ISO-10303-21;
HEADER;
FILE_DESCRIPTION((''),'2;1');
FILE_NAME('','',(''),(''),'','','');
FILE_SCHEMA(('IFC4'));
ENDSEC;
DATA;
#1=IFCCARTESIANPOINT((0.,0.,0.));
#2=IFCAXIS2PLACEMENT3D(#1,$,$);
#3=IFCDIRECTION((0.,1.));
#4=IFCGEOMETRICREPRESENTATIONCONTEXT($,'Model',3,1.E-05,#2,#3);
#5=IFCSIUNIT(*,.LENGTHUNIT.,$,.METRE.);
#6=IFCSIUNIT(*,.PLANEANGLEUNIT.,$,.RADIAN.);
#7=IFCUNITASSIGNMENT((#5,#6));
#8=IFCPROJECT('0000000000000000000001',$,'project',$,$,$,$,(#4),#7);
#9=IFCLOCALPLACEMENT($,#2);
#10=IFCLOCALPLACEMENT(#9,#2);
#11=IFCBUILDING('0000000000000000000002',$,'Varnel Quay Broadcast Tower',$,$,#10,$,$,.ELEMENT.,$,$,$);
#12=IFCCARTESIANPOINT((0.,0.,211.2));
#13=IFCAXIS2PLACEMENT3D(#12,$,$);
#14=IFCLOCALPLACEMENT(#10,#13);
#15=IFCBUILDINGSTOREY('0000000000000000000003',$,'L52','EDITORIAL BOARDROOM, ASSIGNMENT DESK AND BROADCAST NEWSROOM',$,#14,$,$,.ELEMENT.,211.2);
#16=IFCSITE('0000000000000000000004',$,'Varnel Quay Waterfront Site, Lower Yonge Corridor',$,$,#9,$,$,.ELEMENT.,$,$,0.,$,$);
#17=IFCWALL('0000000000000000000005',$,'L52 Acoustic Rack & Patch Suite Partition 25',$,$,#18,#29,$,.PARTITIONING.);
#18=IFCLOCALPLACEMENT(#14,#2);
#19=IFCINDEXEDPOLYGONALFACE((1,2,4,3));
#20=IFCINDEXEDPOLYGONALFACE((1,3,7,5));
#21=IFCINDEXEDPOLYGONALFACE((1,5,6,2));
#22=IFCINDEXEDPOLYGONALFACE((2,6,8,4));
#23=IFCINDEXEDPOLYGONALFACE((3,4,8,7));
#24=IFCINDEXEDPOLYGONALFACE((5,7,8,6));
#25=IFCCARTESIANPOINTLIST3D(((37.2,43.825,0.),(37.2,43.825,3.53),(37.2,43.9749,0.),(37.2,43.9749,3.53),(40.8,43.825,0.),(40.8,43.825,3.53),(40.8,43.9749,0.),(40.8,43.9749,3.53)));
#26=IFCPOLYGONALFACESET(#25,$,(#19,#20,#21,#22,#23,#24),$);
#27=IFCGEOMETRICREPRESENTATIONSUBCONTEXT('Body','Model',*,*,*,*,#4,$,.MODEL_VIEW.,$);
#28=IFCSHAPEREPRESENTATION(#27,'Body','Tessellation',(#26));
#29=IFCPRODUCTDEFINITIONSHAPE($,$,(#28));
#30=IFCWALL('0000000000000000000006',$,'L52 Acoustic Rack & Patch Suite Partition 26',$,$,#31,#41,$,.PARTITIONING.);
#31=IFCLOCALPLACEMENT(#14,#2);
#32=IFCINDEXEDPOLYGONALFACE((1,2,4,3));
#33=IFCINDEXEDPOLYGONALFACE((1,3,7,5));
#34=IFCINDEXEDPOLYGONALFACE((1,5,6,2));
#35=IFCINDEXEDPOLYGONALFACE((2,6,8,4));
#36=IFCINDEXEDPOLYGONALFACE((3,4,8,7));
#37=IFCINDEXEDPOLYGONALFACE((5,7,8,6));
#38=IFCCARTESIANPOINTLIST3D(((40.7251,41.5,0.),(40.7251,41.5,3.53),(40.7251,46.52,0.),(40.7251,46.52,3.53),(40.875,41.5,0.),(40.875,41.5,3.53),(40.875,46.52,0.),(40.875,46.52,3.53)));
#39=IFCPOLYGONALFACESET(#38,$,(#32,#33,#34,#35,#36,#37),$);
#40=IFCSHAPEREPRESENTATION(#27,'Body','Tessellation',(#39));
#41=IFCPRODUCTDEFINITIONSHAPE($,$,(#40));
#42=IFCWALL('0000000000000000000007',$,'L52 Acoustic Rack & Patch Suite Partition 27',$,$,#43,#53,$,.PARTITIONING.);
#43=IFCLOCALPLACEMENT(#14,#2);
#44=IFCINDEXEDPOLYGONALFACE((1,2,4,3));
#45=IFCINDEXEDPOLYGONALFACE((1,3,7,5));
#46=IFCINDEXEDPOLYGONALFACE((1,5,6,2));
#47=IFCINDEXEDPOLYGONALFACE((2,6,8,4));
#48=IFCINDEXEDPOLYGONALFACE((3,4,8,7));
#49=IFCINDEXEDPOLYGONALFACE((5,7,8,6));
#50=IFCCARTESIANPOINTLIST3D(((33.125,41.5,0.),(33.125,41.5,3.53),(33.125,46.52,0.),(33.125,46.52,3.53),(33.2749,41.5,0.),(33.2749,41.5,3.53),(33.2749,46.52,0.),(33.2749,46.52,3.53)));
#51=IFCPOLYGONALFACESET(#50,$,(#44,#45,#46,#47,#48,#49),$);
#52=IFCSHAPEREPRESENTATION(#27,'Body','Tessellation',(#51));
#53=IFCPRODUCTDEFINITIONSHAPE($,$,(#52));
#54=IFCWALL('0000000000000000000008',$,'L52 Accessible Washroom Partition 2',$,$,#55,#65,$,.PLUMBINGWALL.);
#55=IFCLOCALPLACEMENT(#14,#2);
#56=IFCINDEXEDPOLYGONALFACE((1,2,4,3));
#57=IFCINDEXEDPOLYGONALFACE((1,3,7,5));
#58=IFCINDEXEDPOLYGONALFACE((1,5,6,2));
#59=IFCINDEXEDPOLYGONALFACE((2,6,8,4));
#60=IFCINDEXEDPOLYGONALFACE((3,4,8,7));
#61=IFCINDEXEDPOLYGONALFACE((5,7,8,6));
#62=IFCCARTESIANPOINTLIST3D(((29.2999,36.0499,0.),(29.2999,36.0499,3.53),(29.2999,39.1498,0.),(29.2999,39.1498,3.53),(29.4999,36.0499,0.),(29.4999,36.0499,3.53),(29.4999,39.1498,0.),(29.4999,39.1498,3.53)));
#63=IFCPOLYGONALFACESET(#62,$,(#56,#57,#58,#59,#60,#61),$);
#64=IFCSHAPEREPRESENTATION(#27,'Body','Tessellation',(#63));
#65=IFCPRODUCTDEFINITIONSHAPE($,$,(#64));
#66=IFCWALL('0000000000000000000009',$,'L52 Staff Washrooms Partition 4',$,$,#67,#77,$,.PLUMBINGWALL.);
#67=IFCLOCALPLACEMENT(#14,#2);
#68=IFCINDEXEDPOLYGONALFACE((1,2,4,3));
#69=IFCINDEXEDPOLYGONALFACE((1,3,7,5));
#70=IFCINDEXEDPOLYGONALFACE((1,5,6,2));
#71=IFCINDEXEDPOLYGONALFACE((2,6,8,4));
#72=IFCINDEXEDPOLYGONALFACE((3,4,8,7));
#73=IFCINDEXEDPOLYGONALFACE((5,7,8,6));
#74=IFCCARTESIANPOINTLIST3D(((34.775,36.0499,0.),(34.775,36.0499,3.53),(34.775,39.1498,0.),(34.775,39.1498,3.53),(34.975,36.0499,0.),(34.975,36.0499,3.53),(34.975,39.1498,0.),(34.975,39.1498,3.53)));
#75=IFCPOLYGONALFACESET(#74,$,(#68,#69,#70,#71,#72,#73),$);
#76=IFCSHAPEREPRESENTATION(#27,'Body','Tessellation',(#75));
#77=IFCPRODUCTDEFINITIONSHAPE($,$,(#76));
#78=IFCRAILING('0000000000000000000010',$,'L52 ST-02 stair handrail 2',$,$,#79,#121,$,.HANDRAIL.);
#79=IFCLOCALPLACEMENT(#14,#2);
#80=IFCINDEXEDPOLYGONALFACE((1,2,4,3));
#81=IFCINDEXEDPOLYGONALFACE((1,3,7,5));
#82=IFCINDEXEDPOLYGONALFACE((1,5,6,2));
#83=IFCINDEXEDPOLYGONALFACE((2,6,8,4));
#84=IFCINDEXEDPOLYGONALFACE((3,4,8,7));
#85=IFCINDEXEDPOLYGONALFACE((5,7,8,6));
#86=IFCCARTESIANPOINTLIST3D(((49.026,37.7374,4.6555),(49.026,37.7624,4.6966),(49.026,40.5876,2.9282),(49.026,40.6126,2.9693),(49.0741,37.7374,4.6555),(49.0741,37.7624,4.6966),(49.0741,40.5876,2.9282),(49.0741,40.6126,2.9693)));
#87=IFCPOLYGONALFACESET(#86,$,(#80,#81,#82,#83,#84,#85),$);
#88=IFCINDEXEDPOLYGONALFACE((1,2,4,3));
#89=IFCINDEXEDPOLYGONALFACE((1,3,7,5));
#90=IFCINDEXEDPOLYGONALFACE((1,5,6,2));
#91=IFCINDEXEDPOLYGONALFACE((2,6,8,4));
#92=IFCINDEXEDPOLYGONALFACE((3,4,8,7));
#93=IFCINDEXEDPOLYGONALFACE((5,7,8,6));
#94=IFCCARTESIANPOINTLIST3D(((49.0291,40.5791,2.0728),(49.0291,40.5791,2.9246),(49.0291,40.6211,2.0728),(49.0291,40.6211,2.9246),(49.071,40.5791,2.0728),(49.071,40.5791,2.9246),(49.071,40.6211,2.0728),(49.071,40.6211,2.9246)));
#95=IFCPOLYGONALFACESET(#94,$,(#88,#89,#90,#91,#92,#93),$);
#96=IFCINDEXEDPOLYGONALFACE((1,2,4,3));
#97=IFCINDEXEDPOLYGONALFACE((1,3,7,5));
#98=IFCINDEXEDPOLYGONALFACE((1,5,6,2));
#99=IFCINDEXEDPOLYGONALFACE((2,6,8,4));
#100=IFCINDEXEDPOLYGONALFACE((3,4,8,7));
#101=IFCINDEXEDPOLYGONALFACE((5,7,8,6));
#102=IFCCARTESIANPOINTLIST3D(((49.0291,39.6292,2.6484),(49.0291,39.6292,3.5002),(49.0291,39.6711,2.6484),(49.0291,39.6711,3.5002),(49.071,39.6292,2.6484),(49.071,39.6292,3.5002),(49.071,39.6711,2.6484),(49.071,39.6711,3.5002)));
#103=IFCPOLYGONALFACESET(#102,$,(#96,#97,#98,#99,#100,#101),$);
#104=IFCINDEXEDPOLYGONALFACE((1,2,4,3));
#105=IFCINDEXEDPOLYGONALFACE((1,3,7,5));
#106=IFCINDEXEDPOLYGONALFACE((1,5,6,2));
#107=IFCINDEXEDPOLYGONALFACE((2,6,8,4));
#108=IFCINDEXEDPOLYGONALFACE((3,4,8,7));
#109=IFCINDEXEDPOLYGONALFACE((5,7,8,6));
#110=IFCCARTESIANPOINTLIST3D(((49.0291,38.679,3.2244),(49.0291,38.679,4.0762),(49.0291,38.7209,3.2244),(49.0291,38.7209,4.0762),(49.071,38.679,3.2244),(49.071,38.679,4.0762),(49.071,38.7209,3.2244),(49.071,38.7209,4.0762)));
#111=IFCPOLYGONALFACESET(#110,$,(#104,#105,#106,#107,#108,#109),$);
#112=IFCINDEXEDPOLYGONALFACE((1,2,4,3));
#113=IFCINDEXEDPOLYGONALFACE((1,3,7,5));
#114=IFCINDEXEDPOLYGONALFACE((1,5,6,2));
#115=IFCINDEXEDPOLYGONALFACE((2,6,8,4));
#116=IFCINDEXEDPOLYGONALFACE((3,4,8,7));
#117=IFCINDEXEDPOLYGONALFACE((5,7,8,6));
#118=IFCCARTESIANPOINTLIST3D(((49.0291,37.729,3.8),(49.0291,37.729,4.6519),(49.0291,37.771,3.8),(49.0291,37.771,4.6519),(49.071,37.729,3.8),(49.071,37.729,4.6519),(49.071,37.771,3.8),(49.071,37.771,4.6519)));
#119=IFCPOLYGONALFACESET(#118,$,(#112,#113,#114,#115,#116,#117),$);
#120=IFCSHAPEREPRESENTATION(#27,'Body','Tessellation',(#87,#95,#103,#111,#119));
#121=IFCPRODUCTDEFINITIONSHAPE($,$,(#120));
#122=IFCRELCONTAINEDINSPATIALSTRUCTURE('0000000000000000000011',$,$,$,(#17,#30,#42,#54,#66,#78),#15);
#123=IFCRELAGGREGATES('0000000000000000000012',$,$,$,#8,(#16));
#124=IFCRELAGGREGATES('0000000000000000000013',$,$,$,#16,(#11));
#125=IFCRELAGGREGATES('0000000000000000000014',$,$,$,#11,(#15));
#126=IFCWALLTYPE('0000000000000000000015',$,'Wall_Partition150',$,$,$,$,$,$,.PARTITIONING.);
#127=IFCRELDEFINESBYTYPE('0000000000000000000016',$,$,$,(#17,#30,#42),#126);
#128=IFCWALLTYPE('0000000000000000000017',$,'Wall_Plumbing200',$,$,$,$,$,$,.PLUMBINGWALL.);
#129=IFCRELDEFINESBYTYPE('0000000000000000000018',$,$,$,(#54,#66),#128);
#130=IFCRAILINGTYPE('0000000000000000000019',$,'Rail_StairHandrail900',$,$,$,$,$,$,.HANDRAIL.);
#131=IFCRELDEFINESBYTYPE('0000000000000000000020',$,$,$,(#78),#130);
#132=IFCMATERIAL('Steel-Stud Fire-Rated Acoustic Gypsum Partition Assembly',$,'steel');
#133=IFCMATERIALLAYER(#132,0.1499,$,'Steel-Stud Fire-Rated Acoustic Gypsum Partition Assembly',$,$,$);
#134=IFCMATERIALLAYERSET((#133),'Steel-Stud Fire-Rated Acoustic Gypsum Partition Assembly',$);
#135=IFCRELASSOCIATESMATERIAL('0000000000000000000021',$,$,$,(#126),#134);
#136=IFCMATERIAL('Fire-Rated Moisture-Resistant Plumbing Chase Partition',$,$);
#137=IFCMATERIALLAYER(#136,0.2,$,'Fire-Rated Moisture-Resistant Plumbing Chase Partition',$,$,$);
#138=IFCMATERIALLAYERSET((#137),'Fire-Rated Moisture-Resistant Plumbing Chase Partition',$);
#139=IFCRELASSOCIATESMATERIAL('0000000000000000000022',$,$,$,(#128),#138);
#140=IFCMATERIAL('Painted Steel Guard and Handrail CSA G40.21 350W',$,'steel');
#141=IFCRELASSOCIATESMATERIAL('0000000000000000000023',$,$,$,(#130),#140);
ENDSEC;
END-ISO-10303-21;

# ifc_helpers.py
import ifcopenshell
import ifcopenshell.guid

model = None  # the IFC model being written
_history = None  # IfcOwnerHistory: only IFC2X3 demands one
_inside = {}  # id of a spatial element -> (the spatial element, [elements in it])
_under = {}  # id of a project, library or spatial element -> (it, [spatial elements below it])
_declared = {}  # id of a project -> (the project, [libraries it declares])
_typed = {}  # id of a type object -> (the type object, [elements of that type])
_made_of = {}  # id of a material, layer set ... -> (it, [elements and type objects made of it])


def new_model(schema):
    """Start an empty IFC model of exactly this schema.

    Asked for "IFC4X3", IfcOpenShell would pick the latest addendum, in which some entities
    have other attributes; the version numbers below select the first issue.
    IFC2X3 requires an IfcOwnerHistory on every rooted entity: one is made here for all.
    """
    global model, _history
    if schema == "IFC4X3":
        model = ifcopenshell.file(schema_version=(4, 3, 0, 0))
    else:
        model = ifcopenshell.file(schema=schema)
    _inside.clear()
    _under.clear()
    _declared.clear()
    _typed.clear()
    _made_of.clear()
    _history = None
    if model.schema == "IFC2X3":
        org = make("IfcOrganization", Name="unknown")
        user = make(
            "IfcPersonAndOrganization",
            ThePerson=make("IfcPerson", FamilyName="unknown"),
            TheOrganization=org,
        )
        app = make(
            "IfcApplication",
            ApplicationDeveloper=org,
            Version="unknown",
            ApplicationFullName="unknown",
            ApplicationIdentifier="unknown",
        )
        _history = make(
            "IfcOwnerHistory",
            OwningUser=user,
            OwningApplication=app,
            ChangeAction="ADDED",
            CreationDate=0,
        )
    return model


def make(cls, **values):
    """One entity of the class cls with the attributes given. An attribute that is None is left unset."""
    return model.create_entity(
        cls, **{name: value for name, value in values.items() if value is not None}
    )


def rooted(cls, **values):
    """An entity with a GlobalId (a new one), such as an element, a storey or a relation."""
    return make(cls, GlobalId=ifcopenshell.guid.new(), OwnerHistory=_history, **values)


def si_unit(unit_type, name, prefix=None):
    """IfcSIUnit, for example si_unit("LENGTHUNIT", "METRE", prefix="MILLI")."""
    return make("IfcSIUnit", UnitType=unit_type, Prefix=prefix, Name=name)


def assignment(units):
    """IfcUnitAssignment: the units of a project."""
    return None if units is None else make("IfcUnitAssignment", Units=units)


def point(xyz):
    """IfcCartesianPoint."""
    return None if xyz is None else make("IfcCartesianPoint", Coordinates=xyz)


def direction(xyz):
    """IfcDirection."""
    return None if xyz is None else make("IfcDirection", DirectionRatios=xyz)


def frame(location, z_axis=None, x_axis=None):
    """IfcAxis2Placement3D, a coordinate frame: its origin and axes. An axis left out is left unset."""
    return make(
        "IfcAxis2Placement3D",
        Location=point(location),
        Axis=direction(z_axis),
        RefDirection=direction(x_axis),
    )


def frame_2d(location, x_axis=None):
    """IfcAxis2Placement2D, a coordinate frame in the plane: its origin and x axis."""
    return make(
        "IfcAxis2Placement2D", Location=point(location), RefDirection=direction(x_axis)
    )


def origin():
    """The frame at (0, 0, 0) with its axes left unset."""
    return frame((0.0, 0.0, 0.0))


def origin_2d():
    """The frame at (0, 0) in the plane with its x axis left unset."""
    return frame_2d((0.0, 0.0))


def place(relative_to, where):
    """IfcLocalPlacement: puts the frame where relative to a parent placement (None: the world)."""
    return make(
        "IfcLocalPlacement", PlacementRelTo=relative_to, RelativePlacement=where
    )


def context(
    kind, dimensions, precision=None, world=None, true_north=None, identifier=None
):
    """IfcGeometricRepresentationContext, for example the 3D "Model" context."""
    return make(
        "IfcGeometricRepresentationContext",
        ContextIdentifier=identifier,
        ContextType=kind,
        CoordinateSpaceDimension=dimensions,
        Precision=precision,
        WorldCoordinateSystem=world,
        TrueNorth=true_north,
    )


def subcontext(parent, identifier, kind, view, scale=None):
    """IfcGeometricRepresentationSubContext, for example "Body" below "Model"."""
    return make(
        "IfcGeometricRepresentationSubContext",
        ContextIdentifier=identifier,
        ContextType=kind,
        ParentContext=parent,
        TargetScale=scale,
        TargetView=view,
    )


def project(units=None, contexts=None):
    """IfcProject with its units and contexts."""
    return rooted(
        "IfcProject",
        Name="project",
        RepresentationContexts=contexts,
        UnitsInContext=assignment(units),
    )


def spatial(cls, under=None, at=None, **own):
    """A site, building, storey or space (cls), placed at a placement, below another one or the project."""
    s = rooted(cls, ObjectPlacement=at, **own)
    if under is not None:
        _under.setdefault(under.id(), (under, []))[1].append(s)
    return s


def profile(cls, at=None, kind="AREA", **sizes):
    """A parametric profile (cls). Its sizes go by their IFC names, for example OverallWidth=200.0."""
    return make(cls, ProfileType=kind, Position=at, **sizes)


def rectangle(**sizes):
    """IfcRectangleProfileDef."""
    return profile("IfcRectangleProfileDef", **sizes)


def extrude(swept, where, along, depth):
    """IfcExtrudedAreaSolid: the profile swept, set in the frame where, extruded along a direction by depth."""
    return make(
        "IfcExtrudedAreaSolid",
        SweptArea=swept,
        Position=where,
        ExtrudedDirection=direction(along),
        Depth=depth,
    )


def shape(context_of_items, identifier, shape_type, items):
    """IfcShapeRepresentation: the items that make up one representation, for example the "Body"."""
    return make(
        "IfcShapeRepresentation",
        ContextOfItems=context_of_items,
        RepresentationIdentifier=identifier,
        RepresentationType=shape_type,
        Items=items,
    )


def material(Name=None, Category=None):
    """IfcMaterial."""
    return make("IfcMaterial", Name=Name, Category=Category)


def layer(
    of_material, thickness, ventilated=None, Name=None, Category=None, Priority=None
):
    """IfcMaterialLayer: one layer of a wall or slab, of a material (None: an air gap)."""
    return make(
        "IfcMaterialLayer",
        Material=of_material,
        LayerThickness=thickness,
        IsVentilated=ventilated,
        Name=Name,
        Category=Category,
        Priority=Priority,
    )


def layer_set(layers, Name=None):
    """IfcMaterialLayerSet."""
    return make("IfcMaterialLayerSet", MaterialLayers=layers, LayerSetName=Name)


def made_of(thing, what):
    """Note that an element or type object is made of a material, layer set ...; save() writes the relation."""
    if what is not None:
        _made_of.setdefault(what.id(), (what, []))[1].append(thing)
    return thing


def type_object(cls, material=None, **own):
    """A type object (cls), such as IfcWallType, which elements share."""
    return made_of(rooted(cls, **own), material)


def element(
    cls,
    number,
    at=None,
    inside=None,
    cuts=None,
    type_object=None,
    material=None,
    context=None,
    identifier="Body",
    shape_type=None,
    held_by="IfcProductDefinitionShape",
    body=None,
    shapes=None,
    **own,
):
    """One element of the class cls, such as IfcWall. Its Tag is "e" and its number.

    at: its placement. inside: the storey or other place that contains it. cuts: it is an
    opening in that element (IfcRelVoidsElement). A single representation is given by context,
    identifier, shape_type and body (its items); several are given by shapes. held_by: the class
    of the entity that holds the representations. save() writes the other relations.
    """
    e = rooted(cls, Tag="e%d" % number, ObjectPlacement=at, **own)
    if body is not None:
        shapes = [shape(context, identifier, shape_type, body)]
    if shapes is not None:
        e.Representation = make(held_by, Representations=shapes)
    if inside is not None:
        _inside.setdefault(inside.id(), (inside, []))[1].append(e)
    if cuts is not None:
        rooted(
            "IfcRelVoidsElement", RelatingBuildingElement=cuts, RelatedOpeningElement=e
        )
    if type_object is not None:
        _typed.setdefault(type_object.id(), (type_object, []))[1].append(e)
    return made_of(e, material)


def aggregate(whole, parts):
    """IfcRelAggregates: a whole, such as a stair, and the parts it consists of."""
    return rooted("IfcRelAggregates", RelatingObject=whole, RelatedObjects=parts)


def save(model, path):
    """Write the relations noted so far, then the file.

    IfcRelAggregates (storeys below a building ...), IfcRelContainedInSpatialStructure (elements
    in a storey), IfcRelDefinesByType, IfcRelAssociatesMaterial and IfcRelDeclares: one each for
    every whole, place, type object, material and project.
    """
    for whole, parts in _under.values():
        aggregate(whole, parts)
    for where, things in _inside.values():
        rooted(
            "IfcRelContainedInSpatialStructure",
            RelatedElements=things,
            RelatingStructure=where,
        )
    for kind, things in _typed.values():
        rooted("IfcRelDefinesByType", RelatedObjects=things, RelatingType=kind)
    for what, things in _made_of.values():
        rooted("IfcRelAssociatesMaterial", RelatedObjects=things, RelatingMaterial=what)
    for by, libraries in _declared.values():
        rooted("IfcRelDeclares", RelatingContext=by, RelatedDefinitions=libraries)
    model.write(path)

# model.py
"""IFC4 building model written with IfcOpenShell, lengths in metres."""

from ifc_helpers import new_model, si_unit, direction, frame, frame_2d, origin, origin_2d, place, context, subcontext, project, spatial, rectangle, extrude, material, layer, layer_set, type_object, element, save


model = new_model("IFC4")

# Units and contexts
model_context = context("Model", 3, precision=1e-05, world=origin(), true_north=direction((0.0, 1.0)))
body_context = subcontext(model_context, "Body", "Model", "MODEL_VIEW")
ifc_project = project(units=[si_unit("LENGTHUNIT", "METRE"), si_unit("PLANEANGLEUNIT", "RADIAN")], contexts=[model_context])

# Site, building, storey
site_placement = place(None, origin())
site = spatial("IfcSite", under=ifc_project, at=site_placement, Name="Varnel Quay Waterfront Site, Lower Yonge Corridor", CompositionType="ELEMENT", RefElevation=0.0)
building_placement = place(site_placement, origin())
building = spatial("IfcBuilding", under=site, at=building_placement, Name="Varnel Quay Broadcast Tower", CompositionType="ELEMENT")
storey_placement = place(building_placement, frame((0.0, 0.0, 211.2)))
storey = spatial("IfcBuildingStorey", under=building, at=storey_placement, Name="L52", Description="EDITORIAL BOARDROOM, ASSIGNMENT DESK AND BROADCAST NEWSROOM", CompositionType="ELEMENT", Elevation=211.2)

# Shared definitions
ifc_material_1 = material(Name="Steel-Stud Fire-Rated Acoustic Gypsum Partition Assembly", Category="steel")

# Shared definitions
ifc_layer_1 = layer(ifc_material_1, 0.1499, Name="Steel-Stud Fire-Rated Acoustic Gypsum Partition Assembly")
ifc_layer_set_1 = layer_set([ifc_layer_1], Name="Steel-Stud Fire-Rated Acoustic Gypsum Partition Assembly")
wall_type_1 = type_object("IfcWallType", Name="Wall_Partition150", PredefinedType="PARTITIONING", material=ifc_layer_set_1)

# Walls
wall_1_placement = place(storey_placement, frame((37.2, 43.8999, 0.0), z_axis=(0.0, 0.0, 1.0), x_axis=(1.0, 0.0, 0.0)))
element("IfcWall", 1, at=wall_1_placement, inside=storey, type_object=wall_type_1, Name="L52 Acoustic Rack & Patch Suite Partition 25", PredefinedType="PARTITIONING", context=body_context, shape_type="SweptSolid", body=[
    extrude(rectangle(XDim=3.6001, YDim=0.1499, at=frame_2d((1.8, 0.0))), origin(), (0.0, 0.0, 1.0), 3.53),
])
for number, where, z_axis, x_axis, name in (
    (2, (40.8, 41.5, 0.0), (0.0, 0.0, 1.0), (0.0, 1.0, 0.0), "L52 Acoustic Rack & Patch Suite Partition 26"),
    (3, (33.2, 41.5, 0.0), (0.0, 0.0, 1.0), (0.0, 1.0, 0.0), "L52 Acoustic Rack & Patch Suite Partition 27"),
):
    element("IfcWall", number, at=place(storey_placement, frame(where, z_axis=z_axis, x_axis=x_axis)), inside=storey, type_object=wall_type_1, Name=name, PredefinedType="PARTITIONING", context=body_context, shape_type="SweptSolid", body=[
        extrude(rectangle(XDim=5.02, YDim=0.1499, at=frame_2d((2.51, 0.0))), origin(), (0.0, 0.0, 1.0), 3.53),
    ])
ifc_material_2 = material(Name="Fire-Rated Moisture-Resistant Plumbing Chase Partition")
ifc_layer_2 = layer(ifc_material_2, 0.2, Name="Fire-Rated Moisture-Resistant Plumbing Chase Partition")
ifc_layer_set_2 = layer_set([ifc_layer_2], Name="Fire-Rated Moisture-Resistant Plumbing Chase Partition")
wall_type_2 = type_object("IfcWallType", Name="Wall_Plumbing200", PredefinedType="PLUMBINGWALL", material=ifc_layer_set_2)
for number, where, z_axis, x_axis, name in (
    (4, (29.3999, 36.05, 0.0), (0.0, 0.0, 1.0), (0.0, 1.0, 0.0), "L52 Accessible Washroom Partition 2"),
    (5, (34.875, 36.05, 0.0), (0.0, 0.0, 1.0), (0.0, 1.0, 0.0), "L52 Staff Washrooms Partition 4"),
):
    element("IfcWall", number, at=place(storey_placement, frame(where, z_axis=z_axis, x_axis=x_axis)), inside=storey, type_object=wall_type_2, Name=name, PredefinedType="PLUMBINGWALL", context=body_context, shape_type="SweptSolid", body=[
        extrude(rectangle(XDim=3.0999, YDim=0.2, at=frame_2d((1.5498, 0.0))), origin(), (0.0, 0.0, 1.0), 3.53),
    ])

# Railing
ifc_material_3 = material(Name="Painted Steel Guard and Handrail CSA G40.21 350W", Category="steel")
railing_type = type_object("IfcRailingType", Name="Rail_StairHandrail900", PredefinedType="HANDRAIL", material=ifc_material_3)
railing_placement = place(storey_placement, frame((49.05, 40.6001, 2.0728)))
element("IfcRailing", 6, at=railing_placement, inside=storey, type_object=railing_type, Name="L52 ST-02 stair handrail 2", PredefinedType="HANDRAIL", context=body_context, shape_type="SweptSolid", body=[
    extrude(rectangle(XDim=0.0481, YDim=0.0481, at=origin_2d()), frame((0.0, 0.0, 0.876), z_axis=(0.0, -0.855203, 0.518294), x_axis=(1.0, 0.0, 0.0)), (0.0, 0.0, 1.0), 3.3328),
    extrude(rectangle(XDim=0.042, YDim=0.042, at=origin_2d()), origin(), (0.0, 0.0, 1.0), 0.8518),
    extrude(rectangle(XDim=0.042, YDim=0.042, at=origin_2d()), frame((0.0, -0.95, 0.5757)), (0.0, 0.0, 1.0), 0.8518),
    extrude(rectangle(XDim=0.042, YDim=0.042, at=origin_2d()), frame((0.0, -1.9001, 1.1516)), (0.0, 0.0, 1.0), 0.8518),
    extrude(rectangle(XDim=0.042, YDim=0.042, at=origin_2d()), frame((0.0, -2.8501, 1.7273)), (0.0, 0.0, 1.0), 0.8518),
])

save(model, "model.ifc")
